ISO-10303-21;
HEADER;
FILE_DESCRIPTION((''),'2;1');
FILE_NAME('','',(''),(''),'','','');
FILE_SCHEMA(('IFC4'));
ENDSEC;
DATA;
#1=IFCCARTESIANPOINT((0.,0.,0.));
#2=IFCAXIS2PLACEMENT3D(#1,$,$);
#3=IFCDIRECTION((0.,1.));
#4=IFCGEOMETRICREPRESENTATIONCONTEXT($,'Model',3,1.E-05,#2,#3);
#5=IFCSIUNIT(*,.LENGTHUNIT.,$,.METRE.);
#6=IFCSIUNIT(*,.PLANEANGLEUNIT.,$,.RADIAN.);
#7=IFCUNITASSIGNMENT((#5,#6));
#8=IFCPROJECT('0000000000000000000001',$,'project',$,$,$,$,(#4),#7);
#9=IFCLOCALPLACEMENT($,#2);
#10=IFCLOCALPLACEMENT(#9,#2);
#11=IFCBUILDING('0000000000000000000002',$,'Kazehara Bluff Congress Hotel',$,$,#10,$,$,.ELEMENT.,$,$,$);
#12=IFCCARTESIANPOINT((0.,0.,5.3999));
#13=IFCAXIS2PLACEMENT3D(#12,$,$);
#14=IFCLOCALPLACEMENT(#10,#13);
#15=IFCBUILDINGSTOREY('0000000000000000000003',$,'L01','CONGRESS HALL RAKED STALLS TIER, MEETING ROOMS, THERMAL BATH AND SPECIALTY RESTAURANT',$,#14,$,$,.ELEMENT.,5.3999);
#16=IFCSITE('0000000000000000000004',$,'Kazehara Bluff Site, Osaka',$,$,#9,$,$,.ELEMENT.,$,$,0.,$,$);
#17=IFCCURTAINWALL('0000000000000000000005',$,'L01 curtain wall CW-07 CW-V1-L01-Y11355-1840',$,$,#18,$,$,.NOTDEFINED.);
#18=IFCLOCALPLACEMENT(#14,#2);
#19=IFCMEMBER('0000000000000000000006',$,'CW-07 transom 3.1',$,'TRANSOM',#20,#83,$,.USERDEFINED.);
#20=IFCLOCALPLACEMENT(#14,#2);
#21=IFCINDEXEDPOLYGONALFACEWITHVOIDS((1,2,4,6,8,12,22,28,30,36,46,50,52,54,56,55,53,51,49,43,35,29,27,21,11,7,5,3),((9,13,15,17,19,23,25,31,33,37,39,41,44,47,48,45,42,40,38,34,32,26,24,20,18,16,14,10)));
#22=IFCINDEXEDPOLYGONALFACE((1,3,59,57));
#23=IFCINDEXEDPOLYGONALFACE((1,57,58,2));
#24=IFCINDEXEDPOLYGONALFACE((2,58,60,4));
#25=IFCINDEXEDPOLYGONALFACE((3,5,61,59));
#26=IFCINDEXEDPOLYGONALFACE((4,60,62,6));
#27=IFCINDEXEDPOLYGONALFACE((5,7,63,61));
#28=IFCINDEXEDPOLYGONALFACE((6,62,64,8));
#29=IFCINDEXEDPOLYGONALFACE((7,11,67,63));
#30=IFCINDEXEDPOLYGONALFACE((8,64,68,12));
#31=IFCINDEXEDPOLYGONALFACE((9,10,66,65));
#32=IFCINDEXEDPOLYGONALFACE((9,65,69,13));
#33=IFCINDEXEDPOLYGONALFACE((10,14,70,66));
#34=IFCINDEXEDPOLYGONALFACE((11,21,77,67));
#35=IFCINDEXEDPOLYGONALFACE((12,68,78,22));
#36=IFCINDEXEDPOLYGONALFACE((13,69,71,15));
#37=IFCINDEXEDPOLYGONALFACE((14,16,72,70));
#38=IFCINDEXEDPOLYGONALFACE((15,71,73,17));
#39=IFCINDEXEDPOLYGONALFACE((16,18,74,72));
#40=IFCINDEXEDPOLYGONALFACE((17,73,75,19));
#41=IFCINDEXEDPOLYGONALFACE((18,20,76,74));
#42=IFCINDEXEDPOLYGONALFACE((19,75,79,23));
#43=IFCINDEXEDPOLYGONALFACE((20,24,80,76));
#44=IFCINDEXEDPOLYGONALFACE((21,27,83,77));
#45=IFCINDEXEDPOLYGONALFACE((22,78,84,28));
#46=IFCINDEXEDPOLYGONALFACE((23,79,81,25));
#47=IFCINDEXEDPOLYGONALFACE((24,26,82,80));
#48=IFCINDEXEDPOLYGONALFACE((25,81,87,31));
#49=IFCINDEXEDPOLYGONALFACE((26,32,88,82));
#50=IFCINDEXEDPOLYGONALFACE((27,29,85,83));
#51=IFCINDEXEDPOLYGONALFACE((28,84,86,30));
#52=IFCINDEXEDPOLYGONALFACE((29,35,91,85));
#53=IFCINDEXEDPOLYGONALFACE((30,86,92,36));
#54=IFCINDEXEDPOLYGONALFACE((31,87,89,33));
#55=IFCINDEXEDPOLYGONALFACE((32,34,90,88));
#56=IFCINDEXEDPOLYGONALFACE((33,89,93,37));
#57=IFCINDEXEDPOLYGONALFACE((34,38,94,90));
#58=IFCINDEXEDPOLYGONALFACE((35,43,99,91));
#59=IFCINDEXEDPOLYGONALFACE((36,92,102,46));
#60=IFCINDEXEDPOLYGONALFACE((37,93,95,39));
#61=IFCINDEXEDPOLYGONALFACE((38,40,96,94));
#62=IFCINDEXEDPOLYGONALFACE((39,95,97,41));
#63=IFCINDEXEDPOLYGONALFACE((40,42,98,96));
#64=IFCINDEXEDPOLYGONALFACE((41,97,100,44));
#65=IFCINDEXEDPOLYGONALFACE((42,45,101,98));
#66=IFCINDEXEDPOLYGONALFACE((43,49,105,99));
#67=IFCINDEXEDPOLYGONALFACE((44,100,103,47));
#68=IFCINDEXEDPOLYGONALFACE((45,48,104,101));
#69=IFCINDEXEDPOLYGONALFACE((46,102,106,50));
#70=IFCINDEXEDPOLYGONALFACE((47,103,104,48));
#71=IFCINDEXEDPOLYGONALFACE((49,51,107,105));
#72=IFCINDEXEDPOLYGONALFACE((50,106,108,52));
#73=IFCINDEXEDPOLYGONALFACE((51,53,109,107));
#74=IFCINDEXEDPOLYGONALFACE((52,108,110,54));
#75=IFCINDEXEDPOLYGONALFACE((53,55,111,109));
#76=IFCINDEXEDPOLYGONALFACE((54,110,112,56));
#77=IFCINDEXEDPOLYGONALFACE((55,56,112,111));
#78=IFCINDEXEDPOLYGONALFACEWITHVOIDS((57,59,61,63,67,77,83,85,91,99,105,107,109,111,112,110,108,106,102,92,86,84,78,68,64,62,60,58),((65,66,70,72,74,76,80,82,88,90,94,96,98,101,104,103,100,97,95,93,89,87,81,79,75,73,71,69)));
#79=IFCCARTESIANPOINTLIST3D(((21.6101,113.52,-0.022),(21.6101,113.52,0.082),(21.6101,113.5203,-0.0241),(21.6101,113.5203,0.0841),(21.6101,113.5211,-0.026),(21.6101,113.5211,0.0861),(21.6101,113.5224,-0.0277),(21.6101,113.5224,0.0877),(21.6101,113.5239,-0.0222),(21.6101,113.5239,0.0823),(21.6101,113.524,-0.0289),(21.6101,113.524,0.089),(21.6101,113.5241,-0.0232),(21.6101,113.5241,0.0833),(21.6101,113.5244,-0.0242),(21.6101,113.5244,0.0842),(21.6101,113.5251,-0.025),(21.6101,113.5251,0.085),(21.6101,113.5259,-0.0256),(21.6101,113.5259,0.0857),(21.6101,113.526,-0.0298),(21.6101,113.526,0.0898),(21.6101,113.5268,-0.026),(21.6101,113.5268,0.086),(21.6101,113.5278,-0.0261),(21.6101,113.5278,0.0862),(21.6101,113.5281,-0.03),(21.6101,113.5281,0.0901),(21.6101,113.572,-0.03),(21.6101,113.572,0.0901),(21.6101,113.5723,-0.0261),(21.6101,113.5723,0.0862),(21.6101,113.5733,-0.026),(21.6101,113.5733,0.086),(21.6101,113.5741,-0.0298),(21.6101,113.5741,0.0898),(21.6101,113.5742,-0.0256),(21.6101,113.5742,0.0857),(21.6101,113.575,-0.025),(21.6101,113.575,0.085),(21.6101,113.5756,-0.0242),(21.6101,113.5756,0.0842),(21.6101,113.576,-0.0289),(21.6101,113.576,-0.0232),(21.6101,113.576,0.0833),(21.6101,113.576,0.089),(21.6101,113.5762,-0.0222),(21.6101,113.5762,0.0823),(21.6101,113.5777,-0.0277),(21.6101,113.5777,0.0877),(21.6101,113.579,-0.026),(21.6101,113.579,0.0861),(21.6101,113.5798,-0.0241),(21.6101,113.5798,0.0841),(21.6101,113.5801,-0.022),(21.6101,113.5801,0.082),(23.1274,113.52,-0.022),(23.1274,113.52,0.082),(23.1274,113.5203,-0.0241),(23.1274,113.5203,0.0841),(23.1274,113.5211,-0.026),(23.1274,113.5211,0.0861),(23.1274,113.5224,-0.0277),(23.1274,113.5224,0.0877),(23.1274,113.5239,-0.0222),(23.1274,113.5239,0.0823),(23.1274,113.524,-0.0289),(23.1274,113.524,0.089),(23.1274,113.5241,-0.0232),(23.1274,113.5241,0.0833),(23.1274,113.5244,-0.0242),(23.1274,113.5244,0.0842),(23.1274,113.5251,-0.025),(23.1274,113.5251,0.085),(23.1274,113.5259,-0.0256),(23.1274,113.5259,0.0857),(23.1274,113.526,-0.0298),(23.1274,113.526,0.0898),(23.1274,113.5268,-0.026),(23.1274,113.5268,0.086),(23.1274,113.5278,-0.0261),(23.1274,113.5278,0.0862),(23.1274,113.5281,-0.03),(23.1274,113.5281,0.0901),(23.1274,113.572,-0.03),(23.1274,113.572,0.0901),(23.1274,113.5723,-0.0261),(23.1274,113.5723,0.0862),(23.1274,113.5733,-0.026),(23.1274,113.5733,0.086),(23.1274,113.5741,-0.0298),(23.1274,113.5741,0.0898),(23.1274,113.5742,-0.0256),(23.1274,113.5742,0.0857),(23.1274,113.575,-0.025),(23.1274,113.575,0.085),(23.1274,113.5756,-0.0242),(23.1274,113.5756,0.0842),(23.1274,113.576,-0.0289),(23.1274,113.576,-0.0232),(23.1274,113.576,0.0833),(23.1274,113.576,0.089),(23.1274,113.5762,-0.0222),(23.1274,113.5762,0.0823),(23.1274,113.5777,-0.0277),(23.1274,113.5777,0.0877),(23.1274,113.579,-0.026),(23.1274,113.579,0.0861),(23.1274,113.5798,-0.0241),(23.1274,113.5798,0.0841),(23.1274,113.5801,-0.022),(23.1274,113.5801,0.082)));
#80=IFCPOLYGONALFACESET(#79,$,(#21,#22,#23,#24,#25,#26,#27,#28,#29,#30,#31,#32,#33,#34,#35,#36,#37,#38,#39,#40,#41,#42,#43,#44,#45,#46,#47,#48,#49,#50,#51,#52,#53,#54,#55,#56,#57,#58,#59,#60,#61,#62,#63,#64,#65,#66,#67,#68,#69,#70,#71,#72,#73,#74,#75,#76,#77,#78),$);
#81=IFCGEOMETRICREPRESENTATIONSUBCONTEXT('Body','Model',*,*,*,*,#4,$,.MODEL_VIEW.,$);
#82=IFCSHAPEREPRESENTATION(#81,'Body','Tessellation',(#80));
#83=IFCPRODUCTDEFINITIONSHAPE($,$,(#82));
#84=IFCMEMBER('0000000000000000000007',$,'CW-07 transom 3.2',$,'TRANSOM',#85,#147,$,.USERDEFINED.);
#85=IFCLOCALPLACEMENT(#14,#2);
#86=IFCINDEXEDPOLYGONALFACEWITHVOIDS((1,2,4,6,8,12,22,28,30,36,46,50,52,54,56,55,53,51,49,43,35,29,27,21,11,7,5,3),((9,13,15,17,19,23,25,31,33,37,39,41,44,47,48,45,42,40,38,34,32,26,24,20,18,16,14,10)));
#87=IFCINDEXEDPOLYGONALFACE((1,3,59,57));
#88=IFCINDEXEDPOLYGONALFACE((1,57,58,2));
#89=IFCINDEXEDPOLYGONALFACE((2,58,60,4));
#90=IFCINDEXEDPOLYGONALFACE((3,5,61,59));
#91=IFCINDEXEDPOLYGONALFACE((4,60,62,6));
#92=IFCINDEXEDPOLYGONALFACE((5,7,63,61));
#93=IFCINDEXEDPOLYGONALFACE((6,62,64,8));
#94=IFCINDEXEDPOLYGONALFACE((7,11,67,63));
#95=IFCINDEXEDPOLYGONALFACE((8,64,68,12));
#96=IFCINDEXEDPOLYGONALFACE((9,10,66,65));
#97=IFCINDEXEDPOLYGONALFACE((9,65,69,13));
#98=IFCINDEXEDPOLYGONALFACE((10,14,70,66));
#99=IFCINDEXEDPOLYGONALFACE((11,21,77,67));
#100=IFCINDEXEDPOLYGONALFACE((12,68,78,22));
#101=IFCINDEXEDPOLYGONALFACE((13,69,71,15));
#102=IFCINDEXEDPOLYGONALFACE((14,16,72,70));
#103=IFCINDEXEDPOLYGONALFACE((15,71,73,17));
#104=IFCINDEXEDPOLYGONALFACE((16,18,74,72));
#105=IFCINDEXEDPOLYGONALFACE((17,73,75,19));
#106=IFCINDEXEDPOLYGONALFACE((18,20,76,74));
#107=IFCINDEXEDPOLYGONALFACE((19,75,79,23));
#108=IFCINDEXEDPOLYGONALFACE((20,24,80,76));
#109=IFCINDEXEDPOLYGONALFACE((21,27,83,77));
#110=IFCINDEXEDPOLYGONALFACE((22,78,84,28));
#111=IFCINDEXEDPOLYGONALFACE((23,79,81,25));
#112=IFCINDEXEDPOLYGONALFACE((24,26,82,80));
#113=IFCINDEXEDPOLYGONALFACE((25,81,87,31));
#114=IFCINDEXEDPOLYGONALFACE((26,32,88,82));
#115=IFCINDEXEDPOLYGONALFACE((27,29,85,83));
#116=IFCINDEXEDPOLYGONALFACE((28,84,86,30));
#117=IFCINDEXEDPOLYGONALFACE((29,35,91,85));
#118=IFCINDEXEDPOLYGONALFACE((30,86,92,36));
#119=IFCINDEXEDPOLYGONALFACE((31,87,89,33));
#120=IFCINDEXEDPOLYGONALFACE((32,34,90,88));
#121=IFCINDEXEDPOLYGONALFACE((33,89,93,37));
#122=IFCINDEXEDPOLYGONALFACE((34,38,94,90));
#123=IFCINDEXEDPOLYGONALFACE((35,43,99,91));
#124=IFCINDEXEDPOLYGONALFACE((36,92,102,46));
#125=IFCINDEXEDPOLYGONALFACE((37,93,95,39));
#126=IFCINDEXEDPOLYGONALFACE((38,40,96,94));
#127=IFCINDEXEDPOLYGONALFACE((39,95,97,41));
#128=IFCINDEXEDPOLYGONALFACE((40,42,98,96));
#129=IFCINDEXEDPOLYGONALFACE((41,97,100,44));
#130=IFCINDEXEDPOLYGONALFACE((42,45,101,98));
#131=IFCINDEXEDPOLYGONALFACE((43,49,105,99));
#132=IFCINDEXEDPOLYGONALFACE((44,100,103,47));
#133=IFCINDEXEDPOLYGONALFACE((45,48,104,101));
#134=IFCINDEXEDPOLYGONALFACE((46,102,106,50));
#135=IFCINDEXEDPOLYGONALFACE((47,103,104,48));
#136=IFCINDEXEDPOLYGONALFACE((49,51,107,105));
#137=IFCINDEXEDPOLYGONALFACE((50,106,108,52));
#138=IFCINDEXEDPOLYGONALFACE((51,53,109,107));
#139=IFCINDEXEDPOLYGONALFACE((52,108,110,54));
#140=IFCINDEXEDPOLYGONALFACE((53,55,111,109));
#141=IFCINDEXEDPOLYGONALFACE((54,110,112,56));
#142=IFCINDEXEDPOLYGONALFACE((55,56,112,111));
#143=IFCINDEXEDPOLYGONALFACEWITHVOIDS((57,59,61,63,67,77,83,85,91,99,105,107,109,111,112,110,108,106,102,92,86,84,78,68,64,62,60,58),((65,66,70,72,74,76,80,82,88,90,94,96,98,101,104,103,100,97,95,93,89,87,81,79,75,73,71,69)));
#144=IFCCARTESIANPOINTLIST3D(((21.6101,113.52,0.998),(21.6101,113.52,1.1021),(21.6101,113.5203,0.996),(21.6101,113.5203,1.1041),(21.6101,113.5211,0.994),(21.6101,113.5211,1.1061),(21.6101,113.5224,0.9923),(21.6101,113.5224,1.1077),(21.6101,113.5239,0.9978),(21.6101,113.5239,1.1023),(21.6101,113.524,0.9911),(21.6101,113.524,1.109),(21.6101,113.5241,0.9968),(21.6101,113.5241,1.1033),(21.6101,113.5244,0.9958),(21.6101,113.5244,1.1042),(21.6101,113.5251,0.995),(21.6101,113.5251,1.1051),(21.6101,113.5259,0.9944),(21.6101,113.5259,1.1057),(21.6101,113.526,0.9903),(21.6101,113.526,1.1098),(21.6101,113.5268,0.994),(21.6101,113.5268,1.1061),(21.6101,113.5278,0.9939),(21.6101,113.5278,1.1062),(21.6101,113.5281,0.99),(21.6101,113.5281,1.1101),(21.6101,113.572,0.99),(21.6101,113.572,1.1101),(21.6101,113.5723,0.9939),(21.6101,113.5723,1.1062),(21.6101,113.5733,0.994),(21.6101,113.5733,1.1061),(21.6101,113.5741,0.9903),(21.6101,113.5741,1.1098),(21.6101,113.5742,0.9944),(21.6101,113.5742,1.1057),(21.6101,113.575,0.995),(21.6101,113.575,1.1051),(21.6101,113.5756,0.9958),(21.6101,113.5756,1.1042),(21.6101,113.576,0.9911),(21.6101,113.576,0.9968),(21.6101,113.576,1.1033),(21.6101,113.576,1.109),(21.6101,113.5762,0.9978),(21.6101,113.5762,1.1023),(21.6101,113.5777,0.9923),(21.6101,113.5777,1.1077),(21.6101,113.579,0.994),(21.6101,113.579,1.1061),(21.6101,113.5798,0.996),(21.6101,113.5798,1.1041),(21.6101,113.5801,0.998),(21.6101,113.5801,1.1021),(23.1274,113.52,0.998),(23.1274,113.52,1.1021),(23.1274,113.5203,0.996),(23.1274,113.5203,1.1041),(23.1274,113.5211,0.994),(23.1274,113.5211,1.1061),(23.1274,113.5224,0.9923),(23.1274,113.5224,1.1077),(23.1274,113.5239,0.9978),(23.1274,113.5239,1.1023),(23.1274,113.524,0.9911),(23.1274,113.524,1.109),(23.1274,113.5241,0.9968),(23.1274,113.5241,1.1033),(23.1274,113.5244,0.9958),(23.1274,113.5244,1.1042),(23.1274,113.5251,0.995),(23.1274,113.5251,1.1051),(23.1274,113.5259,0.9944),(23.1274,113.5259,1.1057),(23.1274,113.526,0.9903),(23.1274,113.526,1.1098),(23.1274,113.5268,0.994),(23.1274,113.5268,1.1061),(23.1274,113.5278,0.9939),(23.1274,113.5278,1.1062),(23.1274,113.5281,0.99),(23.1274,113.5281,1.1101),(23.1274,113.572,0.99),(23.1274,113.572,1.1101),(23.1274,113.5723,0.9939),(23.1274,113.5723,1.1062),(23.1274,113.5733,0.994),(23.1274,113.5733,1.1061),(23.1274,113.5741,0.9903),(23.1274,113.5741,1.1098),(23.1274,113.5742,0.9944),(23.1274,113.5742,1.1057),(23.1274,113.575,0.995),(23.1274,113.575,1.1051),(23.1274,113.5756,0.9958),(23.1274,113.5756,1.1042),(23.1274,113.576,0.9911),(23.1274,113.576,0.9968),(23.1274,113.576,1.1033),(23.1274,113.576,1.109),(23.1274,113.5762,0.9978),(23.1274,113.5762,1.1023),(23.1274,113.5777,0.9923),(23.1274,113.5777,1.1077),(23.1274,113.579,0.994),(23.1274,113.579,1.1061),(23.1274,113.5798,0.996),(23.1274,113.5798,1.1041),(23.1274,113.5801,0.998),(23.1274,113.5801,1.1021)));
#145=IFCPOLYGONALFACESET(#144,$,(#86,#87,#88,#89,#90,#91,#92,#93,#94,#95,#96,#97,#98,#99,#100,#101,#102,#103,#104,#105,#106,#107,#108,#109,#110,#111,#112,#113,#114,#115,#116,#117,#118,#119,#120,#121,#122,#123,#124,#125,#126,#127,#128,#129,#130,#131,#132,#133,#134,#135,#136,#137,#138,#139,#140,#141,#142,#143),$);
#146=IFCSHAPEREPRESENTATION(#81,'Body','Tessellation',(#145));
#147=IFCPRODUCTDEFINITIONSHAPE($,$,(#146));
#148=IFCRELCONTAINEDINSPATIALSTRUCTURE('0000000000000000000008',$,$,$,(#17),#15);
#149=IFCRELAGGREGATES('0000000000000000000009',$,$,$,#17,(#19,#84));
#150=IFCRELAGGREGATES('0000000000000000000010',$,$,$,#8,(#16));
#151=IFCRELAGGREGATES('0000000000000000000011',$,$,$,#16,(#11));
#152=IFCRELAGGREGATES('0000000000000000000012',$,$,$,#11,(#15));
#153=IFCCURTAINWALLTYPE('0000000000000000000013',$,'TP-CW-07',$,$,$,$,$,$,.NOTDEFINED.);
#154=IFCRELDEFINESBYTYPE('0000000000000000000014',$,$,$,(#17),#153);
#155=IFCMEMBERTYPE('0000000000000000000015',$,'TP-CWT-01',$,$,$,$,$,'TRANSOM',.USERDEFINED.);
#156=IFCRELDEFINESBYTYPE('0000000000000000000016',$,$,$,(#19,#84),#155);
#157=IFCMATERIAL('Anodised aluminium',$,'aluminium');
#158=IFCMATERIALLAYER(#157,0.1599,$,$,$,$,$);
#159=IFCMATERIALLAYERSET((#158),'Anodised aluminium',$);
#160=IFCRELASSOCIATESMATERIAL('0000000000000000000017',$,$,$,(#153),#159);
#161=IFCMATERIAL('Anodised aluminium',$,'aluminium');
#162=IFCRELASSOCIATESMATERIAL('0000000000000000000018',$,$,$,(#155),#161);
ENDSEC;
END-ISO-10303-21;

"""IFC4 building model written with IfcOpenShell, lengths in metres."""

from ifc_helpers import new_model, si_unit, direction, frame, origin, origin_2d, place, context, subcontext, project, spatial, hollow_rectangle, extrude, material, layer, layer_set, material_profile, profile_set, type_object, element, aggregate, save


model = new_model("IFC4")

# Units and contexts
model_context = context("Model", 3, precision=1e-05, world=origin(), true_north=direction((0.0, 1.0)))
body_context = subcontext(model_context, "Body", "Model", "MODEL_VIEW")
ifc_project = project(units=[si_unit("LENGTHUNIT", "METRE"), si_unit("PLANEANGLEUNIT", "RADIAN")], contexts=[model_context])

# Site, building, storey
site_placement = place(None, origin())
site = spatial("IfcSite", under=ifc_project, at=site_placement, Name="Kazehara Bluff Site, Osaka", CompositionType="ELEMENT", RefElevation=0.0)
building_placement = place(site_placement, origin())
building = spatial("IfcBuilding", under=site, at=building_placement, Name="Kazehara Bluff Congress Hotel", CompositionType="ELEMENT")
storey_placement = place(building_placement, frame((0.0, 0.0, 5.3999)))
storey = spatial("IfcBuildingStorey", under=building, at=storey_placement, Name="L01", Description="CONGRESS HALL RAKED STALLS TIER, MEETING ROOMS, THERMAL BATH AND SPECIALTY RESTAURANT", CompositionType="ELEMENT", Elevation=5.3999)

# Curtain wall, members
ifc_material_1 = material(Name="Anodised aluminium", Category="aluminium")
ifc_layer_1 = layer(ifc_material_1, 0.1599)
ifc_layer_set_1 = layer_set([ifc_layer_1], Name="Anodised aluminium")
curtain_wall_type = type_object("IfcCurtainWallType", Name="TP-CW-07", PredefinedType="NOTDEFINED", material=ifc_layer_set_1)
curtain_wall_placement = place(storey_placement, origin())
curtain_wall = element("IfcCurtainWall", 1, at=curtain_wall_placement, inside=storey, type_object=curtain_wall_type, Name="L01 curtain wall CW-07 CW-V1-L01-Y11355-1840", PredefinedType="NOTDEFINED")
ifc_material_2 = material(Name="Anodised aluminium", Category="aluminium")
ifc_material_profile_1 = material_profile(ifc_material_2, hollow_rectangle(XDim=0.0601, YDim=0.1201, WallThickness=0.0039, InnerFilletRadius=0.0039, OuterFilletRadius=0.0081, at=origin_2d()))
ifc_profile_set_1 = profile_set([ifc_material_profile_1], Name="Anodised aluminium")
member_type_1 = type_object("IfcMemberType", Name="TP-CWT-01", ElementType="TRANSOM", PredefinedType="USERDEFINED", material=ifc_profile_set_1)
member_1_placement = place(storey_placement, frame((21.6101, 113.55, 0.03), z_axis=(1.0, 0.0, 0.0), x_axis=(0.0, 1.0, 0.0)))
member_1 = element("IfcMember", 2, at=member_1_placement, type_object=member_type_1, Name="CW-07 transom 3.1", ObjectType="TRANSOM", PredefinedType="USERDEFINED", context=body_context, shape_type="SweptSolid", body=[
    extrude(hollow_rectangle(XDim=0.0601, YDim=0.1201, WallThickness=0.0039, InnerFilletRadius=0.0039, OuterFilletRadius=0.0081, at=origin_2d()), origin(), (0.0, 0.0, 1.0), 1.5173),
])
member_2_placement = place(storey_placement, frame((21.6101, 113.55, 1.05), z_axis=(1.0, 0.0, 0.0), x_axis=(0.0, 1.0, 0.0)))
member_2 = element("IfcMember", 3, at=member_2_placement, type_object=member_type_1, Name="CW-07 transom 3.2", ObjectType="TRANSOM", PredefinedType="USERDEFINED", context=body_context, shape_type="SweptSolid", body=[
    extrude(hollow_rectangle(XDim=0.0601, YDim=0.1201, WallThickness=0.0039, InnerFilletRadius=0.0039, OuterFilletRadius=0.0081, at=origin_2d()), origin(), (0.0, 0.0, 1.0), 1.5173),
])

aggregate(curtain_wall, [member_1, member_2])

save(model, "model.ifc")
